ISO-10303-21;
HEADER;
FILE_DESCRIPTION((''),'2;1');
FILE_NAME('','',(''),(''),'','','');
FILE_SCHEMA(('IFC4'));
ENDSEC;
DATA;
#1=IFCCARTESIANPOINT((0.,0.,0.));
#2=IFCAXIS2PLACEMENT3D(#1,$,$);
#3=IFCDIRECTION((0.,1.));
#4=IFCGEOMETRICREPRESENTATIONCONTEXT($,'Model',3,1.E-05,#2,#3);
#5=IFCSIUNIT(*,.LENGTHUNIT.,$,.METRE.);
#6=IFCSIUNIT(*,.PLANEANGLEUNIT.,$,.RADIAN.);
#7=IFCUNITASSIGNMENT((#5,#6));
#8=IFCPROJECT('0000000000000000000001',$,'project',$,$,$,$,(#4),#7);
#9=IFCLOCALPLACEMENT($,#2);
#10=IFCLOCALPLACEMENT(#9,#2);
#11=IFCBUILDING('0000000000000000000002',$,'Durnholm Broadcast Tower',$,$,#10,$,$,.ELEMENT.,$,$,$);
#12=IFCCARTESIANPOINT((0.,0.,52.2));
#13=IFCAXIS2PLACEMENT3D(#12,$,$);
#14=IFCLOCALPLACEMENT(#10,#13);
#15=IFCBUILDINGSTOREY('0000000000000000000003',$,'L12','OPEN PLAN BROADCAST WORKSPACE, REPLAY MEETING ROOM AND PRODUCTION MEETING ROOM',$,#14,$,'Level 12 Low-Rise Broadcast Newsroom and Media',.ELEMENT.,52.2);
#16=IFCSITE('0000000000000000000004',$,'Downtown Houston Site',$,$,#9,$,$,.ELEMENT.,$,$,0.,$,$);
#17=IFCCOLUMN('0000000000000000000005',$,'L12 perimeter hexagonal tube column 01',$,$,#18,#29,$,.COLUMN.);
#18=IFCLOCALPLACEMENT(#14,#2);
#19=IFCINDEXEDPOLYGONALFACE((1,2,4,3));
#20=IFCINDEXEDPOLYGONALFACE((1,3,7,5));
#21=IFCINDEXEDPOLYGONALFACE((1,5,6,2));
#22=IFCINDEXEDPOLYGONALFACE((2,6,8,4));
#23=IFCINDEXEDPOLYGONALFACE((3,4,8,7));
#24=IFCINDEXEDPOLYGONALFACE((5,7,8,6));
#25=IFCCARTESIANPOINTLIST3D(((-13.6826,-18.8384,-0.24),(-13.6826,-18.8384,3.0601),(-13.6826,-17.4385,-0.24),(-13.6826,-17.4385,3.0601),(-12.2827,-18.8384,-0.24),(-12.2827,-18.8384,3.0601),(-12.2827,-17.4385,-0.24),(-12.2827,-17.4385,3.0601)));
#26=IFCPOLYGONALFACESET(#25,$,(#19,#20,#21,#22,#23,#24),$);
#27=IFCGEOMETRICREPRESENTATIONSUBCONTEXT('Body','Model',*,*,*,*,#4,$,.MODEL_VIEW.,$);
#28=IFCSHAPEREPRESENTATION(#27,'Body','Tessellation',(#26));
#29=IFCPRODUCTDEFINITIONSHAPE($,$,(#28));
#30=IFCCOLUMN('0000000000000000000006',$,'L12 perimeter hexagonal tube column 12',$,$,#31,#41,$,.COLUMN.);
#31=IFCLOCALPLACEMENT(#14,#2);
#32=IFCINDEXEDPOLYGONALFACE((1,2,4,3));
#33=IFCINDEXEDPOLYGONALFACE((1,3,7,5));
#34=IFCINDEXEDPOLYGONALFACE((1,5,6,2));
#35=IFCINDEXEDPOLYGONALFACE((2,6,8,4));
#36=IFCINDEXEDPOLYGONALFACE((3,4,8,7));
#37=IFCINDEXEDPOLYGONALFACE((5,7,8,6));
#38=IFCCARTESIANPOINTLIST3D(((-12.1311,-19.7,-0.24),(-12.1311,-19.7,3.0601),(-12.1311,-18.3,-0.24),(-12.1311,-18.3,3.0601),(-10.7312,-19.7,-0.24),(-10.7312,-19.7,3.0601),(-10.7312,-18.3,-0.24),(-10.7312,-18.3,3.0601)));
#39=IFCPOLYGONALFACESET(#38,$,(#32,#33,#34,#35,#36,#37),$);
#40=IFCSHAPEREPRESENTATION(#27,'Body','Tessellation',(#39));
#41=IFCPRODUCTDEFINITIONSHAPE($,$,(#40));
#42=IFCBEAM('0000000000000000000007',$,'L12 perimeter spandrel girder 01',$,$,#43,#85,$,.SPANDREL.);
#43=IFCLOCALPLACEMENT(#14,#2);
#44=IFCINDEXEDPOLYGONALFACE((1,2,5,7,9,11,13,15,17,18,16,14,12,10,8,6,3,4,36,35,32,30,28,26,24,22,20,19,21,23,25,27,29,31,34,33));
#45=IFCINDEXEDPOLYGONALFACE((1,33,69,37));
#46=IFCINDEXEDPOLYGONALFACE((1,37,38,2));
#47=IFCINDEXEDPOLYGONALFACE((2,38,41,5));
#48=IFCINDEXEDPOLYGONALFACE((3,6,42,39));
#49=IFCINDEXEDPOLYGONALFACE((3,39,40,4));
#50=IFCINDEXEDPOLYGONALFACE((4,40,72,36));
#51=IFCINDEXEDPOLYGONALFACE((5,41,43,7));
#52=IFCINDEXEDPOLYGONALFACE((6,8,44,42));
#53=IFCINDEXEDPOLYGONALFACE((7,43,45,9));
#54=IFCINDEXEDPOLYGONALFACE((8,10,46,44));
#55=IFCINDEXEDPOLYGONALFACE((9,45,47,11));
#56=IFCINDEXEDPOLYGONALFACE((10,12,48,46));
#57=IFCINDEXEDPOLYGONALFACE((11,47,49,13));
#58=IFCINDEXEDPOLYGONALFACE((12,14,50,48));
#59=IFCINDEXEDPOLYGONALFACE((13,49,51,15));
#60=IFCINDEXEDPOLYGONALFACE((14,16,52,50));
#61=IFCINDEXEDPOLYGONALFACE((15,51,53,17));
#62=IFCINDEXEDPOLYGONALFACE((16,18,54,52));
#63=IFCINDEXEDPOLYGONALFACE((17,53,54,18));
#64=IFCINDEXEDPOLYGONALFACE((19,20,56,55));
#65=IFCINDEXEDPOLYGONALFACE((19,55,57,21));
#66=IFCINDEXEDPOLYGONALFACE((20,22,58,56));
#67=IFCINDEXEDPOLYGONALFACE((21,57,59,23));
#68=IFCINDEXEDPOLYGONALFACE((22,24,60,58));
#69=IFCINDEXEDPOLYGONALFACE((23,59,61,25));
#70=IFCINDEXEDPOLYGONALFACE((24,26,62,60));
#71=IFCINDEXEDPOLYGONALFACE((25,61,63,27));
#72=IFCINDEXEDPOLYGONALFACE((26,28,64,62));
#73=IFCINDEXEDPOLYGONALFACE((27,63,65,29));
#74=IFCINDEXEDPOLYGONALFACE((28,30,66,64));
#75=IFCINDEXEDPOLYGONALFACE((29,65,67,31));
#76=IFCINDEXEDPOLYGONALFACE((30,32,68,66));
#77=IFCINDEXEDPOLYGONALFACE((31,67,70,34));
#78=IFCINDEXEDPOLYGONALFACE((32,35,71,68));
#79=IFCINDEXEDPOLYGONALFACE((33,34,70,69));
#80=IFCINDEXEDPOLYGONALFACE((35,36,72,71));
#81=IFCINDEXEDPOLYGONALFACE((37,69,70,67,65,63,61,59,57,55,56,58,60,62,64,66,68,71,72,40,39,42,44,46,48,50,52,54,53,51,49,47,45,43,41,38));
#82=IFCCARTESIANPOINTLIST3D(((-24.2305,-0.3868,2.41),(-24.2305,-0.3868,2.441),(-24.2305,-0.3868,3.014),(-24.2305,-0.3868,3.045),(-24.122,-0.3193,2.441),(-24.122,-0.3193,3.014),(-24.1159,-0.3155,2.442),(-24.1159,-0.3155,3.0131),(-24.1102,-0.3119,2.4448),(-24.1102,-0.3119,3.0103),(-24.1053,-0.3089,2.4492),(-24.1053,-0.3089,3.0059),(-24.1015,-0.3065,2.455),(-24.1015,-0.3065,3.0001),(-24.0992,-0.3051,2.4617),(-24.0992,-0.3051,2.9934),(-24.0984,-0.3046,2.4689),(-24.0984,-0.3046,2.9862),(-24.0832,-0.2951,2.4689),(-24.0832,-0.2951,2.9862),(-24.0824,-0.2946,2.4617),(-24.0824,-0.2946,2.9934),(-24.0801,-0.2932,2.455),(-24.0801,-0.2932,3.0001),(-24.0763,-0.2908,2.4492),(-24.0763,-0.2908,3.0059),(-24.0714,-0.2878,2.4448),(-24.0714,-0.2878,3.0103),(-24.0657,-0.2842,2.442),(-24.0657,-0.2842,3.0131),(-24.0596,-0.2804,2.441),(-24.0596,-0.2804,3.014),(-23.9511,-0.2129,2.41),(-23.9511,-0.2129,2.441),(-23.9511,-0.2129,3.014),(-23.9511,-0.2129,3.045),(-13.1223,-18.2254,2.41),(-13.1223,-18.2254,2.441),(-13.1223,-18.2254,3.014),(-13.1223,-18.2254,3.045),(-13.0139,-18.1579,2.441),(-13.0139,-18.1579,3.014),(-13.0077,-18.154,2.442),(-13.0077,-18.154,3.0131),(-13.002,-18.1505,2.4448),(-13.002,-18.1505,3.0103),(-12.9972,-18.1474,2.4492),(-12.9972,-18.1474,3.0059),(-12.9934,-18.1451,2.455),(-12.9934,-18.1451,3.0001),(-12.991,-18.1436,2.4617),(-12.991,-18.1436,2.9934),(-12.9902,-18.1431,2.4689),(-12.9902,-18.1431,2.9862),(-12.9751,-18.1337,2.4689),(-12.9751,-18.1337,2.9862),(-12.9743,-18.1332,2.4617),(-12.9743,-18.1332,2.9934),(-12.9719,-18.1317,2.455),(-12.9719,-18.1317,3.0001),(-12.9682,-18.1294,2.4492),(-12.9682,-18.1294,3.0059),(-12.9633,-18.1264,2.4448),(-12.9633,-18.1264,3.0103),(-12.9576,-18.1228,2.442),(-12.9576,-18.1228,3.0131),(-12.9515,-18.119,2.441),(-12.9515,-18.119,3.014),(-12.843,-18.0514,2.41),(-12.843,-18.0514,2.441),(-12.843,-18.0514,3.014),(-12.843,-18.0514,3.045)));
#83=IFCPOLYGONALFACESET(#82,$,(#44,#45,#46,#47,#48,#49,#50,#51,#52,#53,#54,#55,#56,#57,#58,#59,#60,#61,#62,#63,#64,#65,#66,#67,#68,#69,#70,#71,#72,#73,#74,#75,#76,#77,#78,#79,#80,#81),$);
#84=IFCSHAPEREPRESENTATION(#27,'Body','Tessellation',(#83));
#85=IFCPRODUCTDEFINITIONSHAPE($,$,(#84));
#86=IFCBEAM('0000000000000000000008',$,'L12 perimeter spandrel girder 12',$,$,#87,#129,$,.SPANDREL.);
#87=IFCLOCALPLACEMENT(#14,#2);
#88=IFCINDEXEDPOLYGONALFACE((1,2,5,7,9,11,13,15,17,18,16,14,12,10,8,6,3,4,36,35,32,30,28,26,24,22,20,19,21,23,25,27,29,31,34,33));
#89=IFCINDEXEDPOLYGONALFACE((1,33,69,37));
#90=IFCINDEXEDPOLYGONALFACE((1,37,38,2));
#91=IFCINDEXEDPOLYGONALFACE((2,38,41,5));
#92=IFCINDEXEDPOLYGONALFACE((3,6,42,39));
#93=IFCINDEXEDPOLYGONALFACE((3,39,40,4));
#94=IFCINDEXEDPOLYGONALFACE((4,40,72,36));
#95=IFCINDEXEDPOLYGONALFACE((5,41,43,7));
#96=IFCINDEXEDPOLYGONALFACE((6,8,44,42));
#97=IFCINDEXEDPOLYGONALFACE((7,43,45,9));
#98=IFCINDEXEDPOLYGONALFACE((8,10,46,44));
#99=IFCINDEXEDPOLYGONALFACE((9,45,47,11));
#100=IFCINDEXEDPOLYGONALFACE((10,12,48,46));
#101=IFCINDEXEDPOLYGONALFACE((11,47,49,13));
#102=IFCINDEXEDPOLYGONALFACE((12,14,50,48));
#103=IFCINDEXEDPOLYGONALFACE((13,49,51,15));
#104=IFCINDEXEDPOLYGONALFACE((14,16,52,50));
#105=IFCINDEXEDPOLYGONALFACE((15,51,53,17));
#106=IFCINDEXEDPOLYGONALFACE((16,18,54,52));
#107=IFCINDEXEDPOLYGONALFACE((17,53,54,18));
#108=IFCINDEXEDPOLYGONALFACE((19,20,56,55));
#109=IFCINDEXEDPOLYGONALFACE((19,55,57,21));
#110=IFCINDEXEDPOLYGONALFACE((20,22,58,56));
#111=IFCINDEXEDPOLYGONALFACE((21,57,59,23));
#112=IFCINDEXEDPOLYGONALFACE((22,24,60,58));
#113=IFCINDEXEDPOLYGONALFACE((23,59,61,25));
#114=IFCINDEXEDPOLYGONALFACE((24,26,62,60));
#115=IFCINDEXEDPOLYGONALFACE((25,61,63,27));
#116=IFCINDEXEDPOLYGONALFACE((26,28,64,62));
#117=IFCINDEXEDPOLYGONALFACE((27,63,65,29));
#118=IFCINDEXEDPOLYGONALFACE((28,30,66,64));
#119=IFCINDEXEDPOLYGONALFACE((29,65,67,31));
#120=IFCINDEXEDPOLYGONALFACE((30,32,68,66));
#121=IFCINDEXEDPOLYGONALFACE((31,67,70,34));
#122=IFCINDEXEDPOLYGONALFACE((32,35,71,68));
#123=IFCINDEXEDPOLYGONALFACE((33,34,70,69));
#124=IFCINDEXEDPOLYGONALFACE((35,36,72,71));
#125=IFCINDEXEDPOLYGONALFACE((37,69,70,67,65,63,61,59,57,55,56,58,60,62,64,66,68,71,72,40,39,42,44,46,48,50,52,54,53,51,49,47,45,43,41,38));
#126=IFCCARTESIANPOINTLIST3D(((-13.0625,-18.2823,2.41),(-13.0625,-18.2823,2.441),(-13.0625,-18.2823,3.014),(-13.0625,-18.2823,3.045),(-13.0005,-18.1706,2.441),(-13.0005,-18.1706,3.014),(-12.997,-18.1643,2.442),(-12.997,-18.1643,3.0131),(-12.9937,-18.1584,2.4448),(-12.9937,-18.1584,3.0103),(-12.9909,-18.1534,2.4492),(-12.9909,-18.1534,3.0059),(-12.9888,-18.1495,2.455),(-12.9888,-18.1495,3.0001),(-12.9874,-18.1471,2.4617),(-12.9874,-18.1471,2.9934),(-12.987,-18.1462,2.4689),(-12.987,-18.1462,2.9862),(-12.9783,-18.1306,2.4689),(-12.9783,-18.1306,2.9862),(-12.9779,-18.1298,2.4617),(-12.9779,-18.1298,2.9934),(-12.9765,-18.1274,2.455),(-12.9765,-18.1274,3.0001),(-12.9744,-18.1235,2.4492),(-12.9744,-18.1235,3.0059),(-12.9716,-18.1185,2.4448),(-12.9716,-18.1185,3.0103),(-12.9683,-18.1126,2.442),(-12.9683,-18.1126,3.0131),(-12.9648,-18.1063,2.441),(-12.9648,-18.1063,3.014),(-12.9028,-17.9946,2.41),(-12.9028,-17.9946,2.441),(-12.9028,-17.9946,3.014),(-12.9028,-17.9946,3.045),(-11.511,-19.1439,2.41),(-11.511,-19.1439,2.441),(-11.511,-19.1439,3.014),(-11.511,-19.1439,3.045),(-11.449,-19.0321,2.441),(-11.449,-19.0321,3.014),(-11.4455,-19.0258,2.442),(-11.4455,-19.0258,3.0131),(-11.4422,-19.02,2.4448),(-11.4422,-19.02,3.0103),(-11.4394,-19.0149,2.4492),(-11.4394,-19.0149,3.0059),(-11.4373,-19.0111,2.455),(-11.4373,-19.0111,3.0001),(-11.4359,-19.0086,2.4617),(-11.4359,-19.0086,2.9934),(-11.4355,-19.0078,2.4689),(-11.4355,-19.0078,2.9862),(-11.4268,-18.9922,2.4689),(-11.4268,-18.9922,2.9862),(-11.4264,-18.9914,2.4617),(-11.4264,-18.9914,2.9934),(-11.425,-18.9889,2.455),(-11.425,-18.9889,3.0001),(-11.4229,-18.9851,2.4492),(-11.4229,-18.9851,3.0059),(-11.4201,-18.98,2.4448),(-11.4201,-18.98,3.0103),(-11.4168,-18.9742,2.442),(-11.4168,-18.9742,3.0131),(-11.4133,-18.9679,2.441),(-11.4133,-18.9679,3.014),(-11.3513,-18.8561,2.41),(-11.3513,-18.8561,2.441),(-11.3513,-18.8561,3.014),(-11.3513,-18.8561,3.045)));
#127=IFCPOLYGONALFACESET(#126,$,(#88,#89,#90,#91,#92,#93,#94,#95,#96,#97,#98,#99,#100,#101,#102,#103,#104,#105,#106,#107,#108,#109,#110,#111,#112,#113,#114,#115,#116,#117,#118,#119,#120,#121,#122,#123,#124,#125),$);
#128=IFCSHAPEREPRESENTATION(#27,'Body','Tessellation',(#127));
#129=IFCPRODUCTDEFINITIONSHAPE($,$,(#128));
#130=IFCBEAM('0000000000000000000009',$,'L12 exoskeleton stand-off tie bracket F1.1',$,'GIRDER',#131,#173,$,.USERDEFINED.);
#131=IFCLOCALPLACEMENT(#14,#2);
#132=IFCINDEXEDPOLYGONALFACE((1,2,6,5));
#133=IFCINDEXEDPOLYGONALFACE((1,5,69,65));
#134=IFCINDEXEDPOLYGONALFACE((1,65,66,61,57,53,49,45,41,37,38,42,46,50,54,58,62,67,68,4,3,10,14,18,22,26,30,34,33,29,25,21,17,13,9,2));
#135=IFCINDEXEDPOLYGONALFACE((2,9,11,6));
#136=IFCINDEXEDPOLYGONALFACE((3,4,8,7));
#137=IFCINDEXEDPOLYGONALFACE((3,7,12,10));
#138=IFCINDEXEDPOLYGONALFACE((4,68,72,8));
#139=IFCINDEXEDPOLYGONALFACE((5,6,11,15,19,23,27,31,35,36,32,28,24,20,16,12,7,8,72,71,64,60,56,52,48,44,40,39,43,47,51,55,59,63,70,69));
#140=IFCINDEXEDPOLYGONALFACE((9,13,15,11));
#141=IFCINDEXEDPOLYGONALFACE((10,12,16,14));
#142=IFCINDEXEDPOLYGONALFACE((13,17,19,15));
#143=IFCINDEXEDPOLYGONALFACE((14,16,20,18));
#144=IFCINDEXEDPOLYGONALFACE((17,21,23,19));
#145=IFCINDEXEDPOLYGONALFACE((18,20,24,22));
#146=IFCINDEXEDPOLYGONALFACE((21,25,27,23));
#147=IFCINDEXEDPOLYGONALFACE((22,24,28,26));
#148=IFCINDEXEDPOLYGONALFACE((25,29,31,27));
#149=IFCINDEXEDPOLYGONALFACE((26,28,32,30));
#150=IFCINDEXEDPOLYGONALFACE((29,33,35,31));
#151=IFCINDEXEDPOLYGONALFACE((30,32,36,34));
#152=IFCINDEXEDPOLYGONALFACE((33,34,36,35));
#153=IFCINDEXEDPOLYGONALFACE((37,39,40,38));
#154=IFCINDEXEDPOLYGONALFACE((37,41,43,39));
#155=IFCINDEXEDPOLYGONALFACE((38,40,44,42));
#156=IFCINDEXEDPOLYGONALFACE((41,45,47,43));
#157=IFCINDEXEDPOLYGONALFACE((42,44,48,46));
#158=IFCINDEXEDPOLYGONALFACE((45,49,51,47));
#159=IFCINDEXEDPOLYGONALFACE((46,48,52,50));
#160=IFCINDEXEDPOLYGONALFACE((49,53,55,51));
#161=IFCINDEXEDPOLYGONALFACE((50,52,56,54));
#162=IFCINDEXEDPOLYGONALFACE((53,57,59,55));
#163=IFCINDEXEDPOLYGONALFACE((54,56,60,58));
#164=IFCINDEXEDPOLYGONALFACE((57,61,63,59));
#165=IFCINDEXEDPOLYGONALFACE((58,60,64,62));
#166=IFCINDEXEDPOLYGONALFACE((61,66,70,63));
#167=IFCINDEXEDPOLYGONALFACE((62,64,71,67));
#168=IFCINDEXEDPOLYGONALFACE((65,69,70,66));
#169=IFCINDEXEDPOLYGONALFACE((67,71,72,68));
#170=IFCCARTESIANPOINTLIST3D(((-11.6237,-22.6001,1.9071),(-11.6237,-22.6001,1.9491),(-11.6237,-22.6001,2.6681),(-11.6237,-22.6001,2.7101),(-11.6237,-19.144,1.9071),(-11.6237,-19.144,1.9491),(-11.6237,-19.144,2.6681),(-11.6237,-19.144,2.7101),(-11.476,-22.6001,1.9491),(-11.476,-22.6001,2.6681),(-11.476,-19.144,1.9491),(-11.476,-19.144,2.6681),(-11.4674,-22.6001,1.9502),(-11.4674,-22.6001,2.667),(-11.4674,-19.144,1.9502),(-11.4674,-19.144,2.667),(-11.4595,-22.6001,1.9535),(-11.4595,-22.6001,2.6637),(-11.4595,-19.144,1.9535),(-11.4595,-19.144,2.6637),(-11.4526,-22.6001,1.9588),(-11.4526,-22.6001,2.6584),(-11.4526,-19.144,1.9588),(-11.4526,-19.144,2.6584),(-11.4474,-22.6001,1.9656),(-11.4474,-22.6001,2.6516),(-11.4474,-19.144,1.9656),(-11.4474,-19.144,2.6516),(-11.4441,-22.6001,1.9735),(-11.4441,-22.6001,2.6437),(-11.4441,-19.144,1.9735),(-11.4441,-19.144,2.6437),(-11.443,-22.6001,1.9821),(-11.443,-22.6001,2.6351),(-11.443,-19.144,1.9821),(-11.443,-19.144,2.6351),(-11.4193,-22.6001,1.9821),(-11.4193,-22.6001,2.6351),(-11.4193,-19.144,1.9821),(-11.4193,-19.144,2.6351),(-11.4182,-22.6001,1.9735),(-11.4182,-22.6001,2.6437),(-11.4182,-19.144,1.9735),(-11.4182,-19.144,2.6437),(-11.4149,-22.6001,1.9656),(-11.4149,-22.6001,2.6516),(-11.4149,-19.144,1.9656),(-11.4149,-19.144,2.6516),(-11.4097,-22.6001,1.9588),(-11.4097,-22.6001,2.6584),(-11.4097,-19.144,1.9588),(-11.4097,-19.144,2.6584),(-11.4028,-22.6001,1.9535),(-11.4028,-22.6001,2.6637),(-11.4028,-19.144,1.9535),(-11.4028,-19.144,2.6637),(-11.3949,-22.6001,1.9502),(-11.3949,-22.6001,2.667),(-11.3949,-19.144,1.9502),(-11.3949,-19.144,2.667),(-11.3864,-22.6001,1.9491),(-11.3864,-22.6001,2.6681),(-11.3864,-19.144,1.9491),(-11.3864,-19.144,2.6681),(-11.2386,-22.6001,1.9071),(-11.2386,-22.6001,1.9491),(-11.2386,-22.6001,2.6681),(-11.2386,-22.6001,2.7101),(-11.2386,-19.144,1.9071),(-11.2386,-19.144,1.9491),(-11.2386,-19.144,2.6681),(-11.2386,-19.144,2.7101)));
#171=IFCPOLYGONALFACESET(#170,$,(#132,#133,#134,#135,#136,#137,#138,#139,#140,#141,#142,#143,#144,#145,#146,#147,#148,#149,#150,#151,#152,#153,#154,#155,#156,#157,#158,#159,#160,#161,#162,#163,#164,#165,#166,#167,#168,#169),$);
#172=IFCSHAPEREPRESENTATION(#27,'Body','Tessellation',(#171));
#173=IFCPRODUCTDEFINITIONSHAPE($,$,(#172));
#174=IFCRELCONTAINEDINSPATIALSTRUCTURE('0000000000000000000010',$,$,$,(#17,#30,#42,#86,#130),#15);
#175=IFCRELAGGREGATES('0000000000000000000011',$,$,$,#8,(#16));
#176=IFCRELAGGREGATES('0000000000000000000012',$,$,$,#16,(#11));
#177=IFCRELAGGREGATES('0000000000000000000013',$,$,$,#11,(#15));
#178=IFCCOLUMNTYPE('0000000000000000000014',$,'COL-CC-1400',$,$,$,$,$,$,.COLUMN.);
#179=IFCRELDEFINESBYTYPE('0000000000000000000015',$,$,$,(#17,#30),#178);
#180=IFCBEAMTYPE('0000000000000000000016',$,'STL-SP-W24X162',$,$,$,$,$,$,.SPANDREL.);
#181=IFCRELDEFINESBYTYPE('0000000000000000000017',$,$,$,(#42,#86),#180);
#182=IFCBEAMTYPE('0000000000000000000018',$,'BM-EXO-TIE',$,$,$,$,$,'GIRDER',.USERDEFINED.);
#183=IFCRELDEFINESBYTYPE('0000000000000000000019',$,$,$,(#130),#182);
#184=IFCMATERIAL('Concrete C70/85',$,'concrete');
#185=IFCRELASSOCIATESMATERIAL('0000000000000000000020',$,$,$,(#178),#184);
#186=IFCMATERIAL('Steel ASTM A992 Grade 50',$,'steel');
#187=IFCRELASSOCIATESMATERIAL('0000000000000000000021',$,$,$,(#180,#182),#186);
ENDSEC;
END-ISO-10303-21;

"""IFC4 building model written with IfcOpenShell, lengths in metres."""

from ifc_helpers import new_model, si_unit, direction, frame, origin, origin_2d, place, context, subcontext, project, spatial, rectangle, i_section, extrude, source, transform, mapped, material, material_profile, profile_set, type_object, type_shapes, element, save


model = new_model("IFC4")

# Units and contexts
model_context = context("Model", 3, precision=1e-05, world=origin(), true_north=direction((0.0, 1.0)))
body_context = subcontext(model_context, "Body", "Model", "MODEL_VIEW")
ifc_project = project(units=[si_unit("LENGTHUNIT", "METRE"), si_unit("PLANEANGLEUNIT", "RADIAN")], contexts=[model_context])

# Site, building, storey
site_placement = place(None, origin())
site = spatial("IfcSite", under=ifc_project, at=site_placement, Name="Downtown Houston Site", CompositionType="ELEMENT", RefElevation=0.0)
building_placement = place(site_placement, origin())
building = spatial("IfcBuilding", under=site, at=building_placement, Name="Durnholm Broadcast Tower", CompositionType="ELEMENT")
storey_placement = place(building_placement, frame((0.0, 0.0, 52.2)))
storey = spatial("IfcBuildingStorey", under=building, at=storey_placement, Name="L12", Description="OPEN PLAN BROADCAST WORKSPACE, REPLAY MEETING ROOM AND PRODUCTION MEETING ROOM", LongName="Level 12 Low-Rise Broadcast Newsroom and Media", CompositionType="ELEMENT", Elevation=52.2)

# Columns
ifc_material_1 = material(Name="Concrete C70/85", Category="concrete")
ifc_material_profile_1 = material_profile(ifc_material_1, rectangle(XDim=1.3999, YDim=1.3999, at=origin_2d()), Name="RC1400X1400")
ifc_profile_set_1 = profile_set([ifc_material_profile_1], Name="Concrete C70/85")
column_type = type_object("IfcColumnType", Name="COL-CC-1400", PredefinedType="COLUMN", material=ifc_profile_set_1)
shared_shape_1 = source(origin(), body_context, "Body", "SweptSolid", [
    extrude(rectangle(XDim=1.3999, YDim=1.3999, at=origin_2d()), origin(), (0.0, 0.0, 1.0), 3.3),
])
type_shapes(column_type, [shared_shape_1])
for number, where, z_axis, x_axis, name in (
    (1, (-12.9827, -18.1384, -0.24), (0.0, 0.0, 1.0), (1.0, 0.0, 0.0), "L12 perimeter hexagonal tube column 01"),
    (2, (-11.4312, -19.0, -0.24), (0.0, 0.0, 1.0), (1.0, 0.0, 0.0), "L12 perimeter hexagonal tube column 12"),
):
    element("IfcColumn", number, at=place(storey_placement, frame(where, z_axis=z_axis, x_axis=x_axis)), inside=storey, type_object=column_type, Name=name, PredefinedType="COLUMN", context=body_context, shape_type="MappedRepresentation", body=[
        mapped(shared_shape_1, transform((0.0, 0.0, 0.0), x_axis=(1.0, 0.0, 0.0), y_axis=(0.0, 1.0, 0.0), z_axis=(0.0, 0.0, 1.0), scale=1.0)),
    ])

# Beams
ifc_material_2 = material(Name="Steel ASTM A992 Grade 50", Category="steel")
ifc_material_profile_2 = material_profile(ifc_material_2, i_section(OverallWidth=0.3291, OverallDepth=0.635, WebThickness=0.0178, FlangeThickness=0.031, FilletRadius=0.0278, at=origin_2d()), Name="W24X162")
ifc_profile_set_2 = profile_set([ifc_material_profile_2], Name="Steel ASTM A992 Grade 50")
beam_type_1 = type_object("IfcBeamType", Name="STL-SP-W24X162", PredefinedType="SPANDREL", material=ifc_profile_set_2)
shared_shape_2 = source(origin(), body_context, "Body", "SweptSolid", [
    extrude(i_section(OverallWidth=0.3291, OverallDepth=0.635, WebThickness=0.0178, FlangeThickness=0.031, FilletRadius=0.0278, at=origin_2d()), origin(), (0.0, 0.0, 1.0), 21.0144),
])
beam_1_placement = place(storey_placement, frame((-12.9827, -18.1384, 2.7275), z_axis=(-0.528596, 0.848874, 0.0), x_axis=(-0.848874, -0.528596, 0.0)))
element("IfcBeam", 3, at=beam_1_placement, inside=storey, type_object=beam_type_1, Name="L12 perimeter spandrel girder 01", PredefinedType="SPANDREL", context=body_context, shape_type="MappedRepresentation", body=[
    mapped(shared_shape_2, transform((0.0, 0.0, 0.0), x_axis=(1.0, 0.0, 0.0), y_axis=(0.0, 1.0, 0.0), z_axis=(0.0, 0.0, 1.0), scale=1.0)),
])
shared_shape_3 = source(origin(), body_context, "Body", "SweptSolid", [
    extrude(i_section(OverallWidth=0.3291, OverallDepth=0.635, WebThickness=0.0178, FlangeThickness=0.031, FilletRadius=0.0278, at=origin_2d()), origin(), (0.0, 0.0, 1.0), 1.7747),
])
type_shapes(beam_type_1, [shared_shape_2, shared_shape_3])
beam_2_placement = place(storey_placement, frame((-11.4312, -19.0, 2.7275), z_axis=(-0.874248, 0.485479, 0.0), x_axis=(-0.485479, -0.874248, 0.0)))
element("IfcBeam", 4, at=beam_2_placement, inside=storey, type_object=beam_type_1, Name="L12 perimeter spandrel girder 12", PredefinedType="SPANDREL", context=body_context, shape_type="MappedRepresentation", body=[
    mapped(shared_shape_3, transform((0.0, 0.0, 0.0), x_axis=(1.0, 0.0, 0.0), y_axis=(0.0, 1.0, 0.0), z_axis=(0.0, 0.0, 1.0), scale=1.0)),
])
ifc_material_profile_3 = material_profile(ifc_material_2, i_section(OverallWidth=0.385, OverallDepth=0.803, WebThickness=0.0237, FlangeThickness=0.042, FilletRadius=0.033, at=origin_2d()), Name="W30X261")
ifc_profile_set_3 = profile_set([ifc_material_profile_3], Name="Steel ASTM A992 Grade 50")
beam_type_2 = type_object("IfcBeamType", Name="BM-EXO-TIE", ElementType="GIRDER", PredefinedType="USERDEFINED", material=ifc_profile_set_3)
shared_shape_4 = source(origin(), body_context, "Body", "SweptSolid", [
    extrude(i_section(OverallWidth=0.385, OverallDepth=0.803, WebThickness=0.0237, FlangeThickness=0.042, FilletRadius=0.033, at=origin_2d()), origin(), (0.0, 0.0, 1.0), 3.4561),
])
for number, where, z_axis, x_axis, name in (
    (5, (-11.4312, -19.144, 2.3086), (0.0, -1.0, 0.0), (1.0, 0.0, 0.0), "L12 exoskeleton stand-off tie bracket F1.1"),
):
    element("IfcBeam", number, at=place(storey_placement, frame(where, z_axis=z_axis, x_axis=x_axis)), inside=storey, type_object=beam_type_2, Name=name, ObjectType="GIRDER", PredefinedType="USERDEFINED", context=body_context, shape_type="MappedRepresentation", body=[
        mapped(shared_shape_4, transform((0.0, 0.0, 0.0), x_axis=(1.0, 0.0, 0.0), y_axis=(0.0, 1.0, 0.0), z_axis=(0.0, 0.0, 1.0), scale=1.0)),
    ])

save(model, "model.ifc")
